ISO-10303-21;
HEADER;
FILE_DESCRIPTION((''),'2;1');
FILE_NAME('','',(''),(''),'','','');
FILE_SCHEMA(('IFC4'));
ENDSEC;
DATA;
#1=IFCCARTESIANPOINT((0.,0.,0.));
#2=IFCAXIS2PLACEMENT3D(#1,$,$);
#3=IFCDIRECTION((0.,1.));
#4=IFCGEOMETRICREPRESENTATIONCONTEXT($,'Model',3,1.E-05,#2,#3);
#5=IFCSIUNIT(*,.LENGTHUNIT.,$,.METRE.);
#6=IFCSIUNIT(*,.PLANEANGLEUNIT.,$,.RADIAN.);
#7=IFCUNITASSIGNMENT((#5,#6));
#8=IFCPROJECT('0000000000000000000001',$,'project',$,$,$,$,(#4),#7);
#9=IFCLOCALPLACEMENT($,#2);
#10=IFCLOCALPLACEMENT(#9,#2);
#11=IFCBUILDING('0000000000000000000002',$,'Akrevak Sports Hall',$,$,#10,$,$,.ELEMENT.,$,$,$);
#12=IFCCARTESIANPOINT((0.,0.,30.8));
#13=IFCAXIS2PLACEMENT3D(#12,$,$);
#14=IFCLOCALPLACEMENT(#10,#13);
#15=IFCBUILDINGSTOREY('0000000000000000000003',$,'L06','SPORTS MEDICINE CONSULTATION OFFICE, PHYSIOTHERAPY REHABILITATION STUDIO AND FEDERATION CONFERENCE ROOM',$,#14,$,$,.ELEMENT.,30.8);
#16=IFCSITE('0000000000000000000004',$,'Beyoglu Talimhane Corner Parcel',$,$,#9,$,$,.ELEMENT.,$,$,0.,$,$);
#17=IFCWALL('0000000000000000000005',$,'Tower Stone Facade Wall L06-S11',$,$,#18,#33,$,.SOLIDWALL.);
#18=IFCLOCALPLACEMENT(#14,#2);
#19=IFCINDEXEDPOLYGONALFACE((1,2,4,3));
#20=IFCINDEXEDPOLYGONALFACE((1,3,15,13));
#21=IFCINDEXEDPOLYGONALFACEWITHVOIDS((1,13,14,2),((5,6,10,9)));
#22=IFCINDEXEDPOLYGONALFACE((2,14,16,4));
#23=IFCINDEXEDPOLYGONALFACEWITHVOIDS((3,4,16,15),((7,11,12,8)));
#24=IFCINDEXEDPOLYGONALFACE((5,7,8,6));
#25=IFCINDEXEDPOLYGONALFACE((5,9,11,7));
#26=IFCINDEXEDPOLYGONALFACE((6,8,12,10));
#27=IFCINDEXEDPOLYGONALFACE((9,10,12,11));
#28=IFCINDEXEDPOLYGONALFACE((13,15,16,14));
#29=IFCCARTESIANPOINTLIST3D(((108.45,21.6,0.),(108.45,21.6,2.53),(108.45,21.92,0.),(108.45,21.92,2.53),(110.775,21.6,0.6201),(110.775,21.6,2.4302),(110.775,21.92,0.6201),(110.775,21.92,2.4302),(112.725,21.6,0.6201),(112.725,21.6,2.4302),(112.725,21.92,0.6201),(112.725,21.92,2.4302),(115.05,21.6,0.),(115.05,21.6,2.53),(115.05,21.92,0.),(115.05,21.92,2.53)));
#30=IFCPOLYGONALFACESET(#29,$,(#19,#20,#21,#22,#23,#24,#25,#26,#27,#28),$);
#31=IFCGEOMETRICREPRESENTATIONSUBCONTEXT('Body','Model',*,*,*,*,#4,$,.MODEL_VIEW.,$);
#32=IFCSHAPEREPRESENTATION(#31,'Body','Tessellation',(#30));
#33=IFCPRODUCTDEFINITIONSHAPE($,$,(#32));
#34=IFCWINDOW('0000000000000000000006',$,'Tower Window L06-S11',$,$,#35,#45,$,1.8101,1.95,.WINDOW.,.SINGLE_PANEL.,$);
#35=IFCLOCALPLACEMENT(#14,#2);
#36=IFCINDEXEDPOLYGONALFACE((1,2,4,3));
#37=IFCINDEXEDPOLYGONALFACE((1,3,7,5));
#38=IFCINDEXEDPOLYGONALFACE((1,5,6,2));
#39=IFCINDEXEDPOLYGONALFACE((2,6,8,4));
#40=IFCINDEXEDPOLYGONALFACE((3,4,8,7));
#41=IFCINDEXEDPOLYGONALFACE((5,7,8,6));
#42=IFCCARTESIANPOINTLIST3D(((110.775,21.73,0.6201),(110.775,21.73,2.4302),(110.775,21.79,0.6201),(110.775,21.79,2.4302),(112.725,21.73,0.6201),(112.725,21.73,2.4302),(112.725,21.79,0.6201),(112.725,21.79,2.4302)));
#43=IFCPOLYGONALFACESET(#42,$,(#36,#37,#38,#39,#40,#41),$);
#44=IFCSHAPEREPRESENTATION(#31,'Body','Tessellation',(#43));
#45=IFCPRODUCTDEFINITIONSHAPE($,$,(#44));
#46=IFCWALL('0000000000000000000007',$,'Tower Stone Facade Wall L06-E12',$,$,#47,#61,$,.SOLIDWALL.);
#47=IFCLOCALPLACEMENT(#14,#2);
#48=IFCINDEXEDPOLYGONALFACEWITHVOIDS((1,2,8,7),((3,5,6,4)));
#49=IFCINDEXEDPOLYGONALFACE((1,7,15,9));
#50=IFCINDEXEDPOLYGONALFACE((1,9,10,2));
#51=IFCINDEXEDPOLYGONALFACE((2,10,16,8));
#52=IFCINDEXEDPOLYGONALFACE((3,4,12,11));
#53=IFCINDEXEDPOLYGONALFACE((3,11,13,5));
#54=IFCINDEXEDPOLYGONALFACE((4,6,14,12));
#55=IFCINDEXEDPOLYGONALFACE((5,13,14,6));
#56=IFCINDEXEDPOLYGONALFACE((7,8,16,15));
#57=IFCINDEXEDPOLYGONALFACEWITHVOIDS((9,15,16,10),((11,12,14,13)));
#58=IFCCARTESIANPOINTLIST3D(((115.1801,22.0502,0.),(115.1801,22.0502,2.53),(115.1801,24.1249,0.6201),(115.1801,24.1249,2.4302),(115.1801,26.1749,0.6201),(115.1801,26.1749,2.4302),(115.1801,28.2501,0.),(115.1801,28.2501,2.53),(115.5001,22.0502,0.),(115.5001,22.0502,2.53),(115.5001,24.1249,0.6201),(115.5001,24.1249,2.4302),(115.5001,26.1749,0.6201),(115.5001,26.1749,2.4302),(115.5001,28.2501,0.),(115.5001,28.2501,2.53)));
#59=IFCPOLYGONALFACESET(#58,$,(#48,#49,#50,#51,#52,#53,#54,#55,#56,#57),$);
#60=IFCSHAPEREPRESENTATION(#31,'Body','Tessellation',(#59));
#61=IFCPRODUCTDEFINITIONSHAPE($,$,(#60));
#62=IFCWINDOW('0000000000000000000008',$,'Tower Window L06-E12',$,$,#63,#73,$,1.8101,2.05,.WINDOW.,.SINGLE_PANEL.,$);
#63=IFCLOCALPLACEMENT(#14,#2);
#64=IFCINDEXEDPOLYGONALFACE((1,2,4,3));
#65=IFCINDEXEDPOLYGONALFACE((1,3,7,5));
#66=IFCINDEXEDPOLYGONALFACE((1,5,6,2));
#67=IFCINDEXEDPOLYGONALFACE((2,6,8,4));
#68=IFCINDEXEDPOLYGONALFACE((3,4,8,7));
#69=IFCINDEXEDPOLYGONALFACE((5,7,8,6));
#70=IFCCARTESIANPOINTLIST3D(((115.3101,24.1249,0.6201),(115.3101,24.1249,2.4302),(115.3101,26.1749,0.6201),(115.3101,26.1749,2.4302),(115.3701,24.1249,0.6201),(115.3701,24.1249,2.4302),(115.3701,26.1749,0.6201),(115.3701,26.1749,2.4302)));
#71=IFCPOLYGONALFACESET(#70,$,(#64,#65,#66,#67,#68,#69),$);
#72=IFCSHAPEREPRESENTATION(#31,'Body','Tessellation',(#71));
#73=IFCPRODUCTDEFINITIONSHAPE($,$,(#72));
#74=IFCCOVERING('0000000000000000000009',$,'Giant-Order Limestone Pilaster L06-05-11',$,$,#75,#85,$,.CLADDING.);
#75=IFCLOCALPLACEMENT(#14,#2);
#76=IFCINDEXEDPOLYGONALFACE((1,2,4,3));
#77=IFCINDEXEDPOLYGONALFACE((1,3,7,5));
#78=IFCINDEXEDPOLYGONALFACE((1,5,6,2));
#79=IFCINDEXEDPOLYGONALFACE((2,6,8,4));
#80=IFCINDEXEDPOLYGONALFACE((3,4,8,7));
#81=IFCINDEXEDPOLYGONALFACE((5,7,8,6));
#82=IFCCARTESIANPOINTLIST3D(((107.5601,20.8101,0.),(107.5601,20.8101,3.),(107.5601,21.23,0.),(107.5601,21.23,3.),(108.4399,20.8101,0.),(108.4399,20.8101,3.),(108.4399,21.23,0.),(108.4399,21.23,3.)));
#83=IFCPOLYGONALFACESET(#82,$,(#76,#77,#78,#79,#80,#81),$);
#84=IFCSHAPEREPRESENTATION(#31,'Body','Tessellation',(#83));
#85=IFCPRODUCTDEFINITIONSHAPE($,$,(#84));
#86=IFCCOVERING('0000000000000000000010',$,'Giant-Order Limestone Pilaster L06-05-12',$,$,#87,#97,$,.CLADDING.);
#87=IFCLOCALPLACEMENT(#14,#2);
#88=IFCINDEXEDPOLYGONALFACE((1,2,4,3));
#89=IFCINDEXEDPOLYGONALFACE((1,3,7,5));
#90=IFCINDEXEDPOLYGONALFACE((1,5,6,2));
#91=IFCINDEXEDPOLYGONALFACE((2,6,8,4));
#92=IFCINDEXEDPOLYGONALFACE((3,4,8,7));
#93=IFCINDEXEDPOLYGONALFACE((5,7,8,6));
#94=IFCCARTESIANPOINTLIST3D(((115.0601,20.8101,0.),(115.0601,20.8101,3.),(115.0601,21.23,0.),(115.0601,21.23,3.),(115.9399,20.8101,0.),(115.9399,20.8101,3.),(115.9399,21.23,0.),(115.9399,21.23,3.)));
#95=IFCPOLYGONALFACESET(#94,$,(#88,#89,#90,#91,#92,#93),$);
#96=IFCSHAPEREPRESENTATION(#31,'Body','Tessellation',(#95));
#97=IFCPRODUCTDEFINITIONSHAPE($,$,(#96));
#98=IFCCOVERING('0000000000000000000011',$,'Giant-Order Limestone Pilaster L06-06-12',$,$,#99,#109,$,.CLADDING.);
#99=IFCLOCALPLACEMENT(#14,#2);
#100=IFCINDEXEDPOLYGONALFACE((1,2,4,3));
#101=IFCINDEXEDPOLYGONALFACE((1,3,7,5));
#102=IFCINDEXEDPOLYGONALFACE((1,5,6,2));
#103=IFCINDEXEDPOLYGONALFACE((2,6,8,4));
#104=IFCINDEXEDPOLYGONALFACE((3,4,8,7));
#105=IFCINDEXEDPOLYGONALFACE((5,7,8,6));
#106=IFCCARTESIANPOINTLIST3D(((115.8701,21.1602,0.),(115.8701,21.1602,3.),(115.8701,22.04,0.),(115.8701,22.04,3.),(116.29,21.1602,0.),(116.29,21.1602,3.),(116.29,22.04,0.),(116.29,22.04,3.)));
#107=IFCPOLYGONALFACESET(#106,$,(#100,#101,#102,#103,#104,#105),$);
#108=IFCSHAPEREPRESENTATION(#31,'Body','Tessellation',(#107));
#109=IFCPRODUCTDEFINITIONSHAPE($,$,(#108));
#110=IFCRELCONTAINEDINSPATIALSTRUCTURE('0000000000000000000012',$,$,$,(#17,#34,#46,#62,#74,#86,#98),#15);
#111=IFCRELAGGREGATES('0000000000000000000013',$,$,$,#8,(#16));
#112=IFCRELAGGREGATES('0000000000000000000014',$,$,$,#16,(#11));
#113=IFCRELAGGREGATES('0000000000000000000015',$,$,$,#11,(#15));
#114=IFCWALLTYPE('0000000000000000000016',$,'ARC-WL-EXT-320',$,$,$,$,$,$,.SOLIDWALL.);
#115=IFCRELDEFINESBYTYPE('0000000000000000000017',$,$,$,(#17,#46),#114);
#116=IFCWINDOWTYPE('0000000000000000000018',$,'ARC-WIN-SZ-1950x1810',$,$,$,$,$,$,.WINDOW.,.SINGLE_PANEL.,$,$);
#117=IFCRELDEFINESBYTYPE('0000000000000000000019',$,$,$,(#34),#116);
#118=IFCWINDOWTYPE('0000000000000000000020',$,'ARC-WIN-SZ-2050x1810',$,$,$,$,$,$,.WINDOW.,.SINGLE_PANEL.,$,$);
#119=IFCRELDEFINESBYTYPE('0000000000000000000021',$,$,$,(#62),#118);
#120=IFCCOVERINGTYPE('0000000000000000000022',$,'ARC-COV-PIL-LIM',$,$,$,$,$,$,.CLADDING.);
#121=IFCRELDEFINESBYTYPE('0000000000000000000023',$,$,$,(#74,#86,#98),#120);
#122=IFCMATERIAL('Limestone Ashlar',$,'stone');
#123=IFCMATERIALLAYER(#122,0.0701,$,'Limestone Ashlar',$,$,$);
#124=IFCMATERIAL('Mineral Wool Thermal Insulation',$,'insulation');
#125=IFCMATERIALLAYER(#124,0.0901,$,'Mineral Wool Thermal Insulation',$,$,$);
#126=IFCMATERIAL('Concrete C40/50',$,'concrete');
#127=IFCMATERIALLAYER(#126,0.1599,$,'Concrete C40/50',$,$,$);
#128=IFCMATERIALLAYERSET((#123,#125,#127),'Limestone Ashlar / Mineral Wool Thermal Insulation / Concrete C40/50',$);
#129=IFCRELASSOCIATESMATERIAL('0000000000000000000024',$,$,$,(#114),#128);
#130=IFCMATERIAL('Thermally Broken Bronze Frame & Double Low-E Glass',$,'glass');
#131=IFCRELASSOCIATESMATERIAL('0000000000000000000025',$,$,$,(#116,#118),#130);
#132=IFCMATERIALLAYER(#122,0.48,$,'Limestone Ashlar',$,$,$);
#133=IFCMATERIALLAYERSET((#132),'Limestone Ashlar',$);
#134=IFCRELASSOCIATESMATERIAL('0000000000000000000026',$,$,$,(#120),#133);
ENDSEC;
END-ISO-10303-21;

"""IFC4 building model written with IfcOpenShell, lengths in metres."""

from ifc_helpers import new_model, si_unit, direction, frame, frame_2d, origin, origin_2d, place, context, subcontext, project, spatial, rectangle, extrude, material, layer, layer_set, type_object, element, fill, save


model = new_model("IFC4")

# Units and contexts
model_context = context("Model", 3, precision=1e-05, world=origin(), true_north=direction((0.0, 1.0)))
body_context = subcontext(model_context, "Body", "Model", "MODEL_VIEW")
ifc_project = project(units=[si_unit("LENGTHUNIT", "METRE"), si_unit("PLANEANGLEUNIT", "RADIAN")], contexts=[model_context])

# Site, building, storey
site_placement = place(None, origin())
site = spatial("IfcSite", under=ifc_project, at=site_placement, Name="Beyoglu Talimhane Corner Parcel", CompositionType="ELEMENT", RefElevation=0.0)
building_placement = place(site_placement, origin())
building = spatial("IfcBuilding", under=site, at=building_placement, Name="Akrevak Sports Hall", CompositionType="ELEMENT")
storey_placement = place(building_placement, frame((0.0, 0.0, 30.8)))
storey = spatial("IfcBuildingStorey", under=building, at=storey_placement, Name="L06", Description="SPORTS MEDICINE CONSULTATION OFFICE, PHYSIOTHERAPY REHABILITATION STUDIO AND FEDERATION CONFERENCE ROOM", CompositionType="ELEMENT", Elevation=30.8)

# Shared definitions
ifc_material_1 = material(Name="Concrete C40/50", Category="concrete")

# Walls, openings, windows
ifc_material_2 = material(Name="Limestone Ashlar", Category="stone")
ifc_layer_1 = layer(ifc_material_2, 0.0701, Name="Limestone Ashlar")
ifc_material_3 = material(Name="Mineral Wool Thermal Insulation", Category="insulation")
ifc_layer_2 = layer(ifc_material_3, 0.0901, Name="Mineral Wool Thermal Insulation")
ifc_layer_3 = layer(ifc_material_1, 0.1599, Name="Concrete C40/50")
ifc_layer_set_1 = layer_set([ifc_layer_1, ifc_layer_2, ifc_layer_3], Name="Limestone Ashlar / Mineral Wool Thermal Insulation / Concrete C40/50")
wall_type = type_object("IfcWallType", Name="ARC-WL-EXT-320", PredefinedType="SOLIDWALL", material=ifc_layer_set_1)
ifc_material_4 = material(Name="Thermally Broken Bronze Frame & Double Low-E Glass", Category="glass")
wall_1_placement = place(storey_placement, frame((108.45, 21.76, 0.0), z_axis=(0.0, 0.0, 1.0), x_axis=(1.0, 0.0, 0.0)))
wall_1 = element("IfcWall", 1, at=wall_1_placement, inside=storey, type_object=wall_type, Name="Tower Stone Facade Wall L06-S11", PredefinedType="SOLIDWALL", context=body_context, shape_type="SweptSolid", body=[
    extrude(rectangle(XDim=6.6001, YDim=0.3201, at=frame_2d((3.3, 0.0))), origin(), (0.0, 0.0, 1.0), 2.53),
])
opening_1_placement = place(wall_1_placement, frame((2.325, 0.0, 0.6201)))
opening_1 = element("IfcOpeningElement", 2, at=opening_1_placement, cuts=wall_1, PredefinedType="OPENING", context=body_context, shape_type="SweptSolid", body=[
    extrude(rectangle(XDim=1.95, YDim=1.8101, at=frame_2d((0.9751, 0.905))), frame((0.0, 0.1719, 0.0), z_axis=(0.0, -1.0, 0.0), x_axis=(1.0, 0.0, 0.0)), (0.0, 0.0, 1.0), 0.344),
])
window_type_1 = type_object("IfcWindowType", Name="ARC-WIN-SZ-1950x1810", PartitioningType="SINGLE_PANEL", PredefinedType="WINDOW", material=ifc_material_4)
window_1_placement = place(opening_1_placement, origin())
window_1 = element("IfcWindow", 3, at=window_1_placement, inside=storey, type_object=window_type_1, Name="Tower Window L06-S11", OverallHeight=1.8101, OverallWidth=1.95, PartitioningType="SINGLE_PANEL", PredefinedType="WINDOW", context=body_context, shape_type="SweptSolid", body=[
    extrude(rectangle(XDim=1.95, YDim=1.8101, at=frame_2d((0.9751, 0.905))), frame((0.0, 0.03, 0.0), z_axis=(0.0, -1.0, 0.0), x_axis=(1.0, 0.0, 0.0)), (0.0, 0.0, 1.0), 0.0601),
])
fill(opening_1, window_1)
wall_2_placement = place(storey_placement, frame((115.3401, 22.05, 0.0), z_axis=(0.0, 0.0, 1.0), x_axis=(0.0, 1.0, 0.0)))
wall_2 = element("IfcWall", 4, at=wall_2_placement, inside=storey, type_object=wall_type, Name="Tower Stone Facade Wall L06-E12", PredefinedType="SOLIDWALL", context=body_context, shape_type="SweptSolid", body=[
    extrude(rectangle(XDim=6.2, YDim=0.3201, at=frame_2d((3.1001, 0.0))), origin(), (0.0, 0.0, 1.0), 2.53),
])
opening_2_placement = place(wall_2_placement, frame((2.075, 0.0, 0.6201)))
opening_2 = element("IfcOpeningElement", 5, at=opening_2_placement, cuts=wall_2, PredefinedType="OPENING", context=body_context, shape_type="SweptSolid", body=[
    extrude(rectangle(XDim=2.05, YDim=1.8101, at=frame_2d((1.0249, 0.905))), frame((0.0, 0.1719, 0.0), z_axis=(0.0, -1.0, 0.0), x_axis=(1.0, 0.0, 0.0)), (0.0, 0.0, 1.0), 0.344),
])
window_type_2 = type_object("IfcWindowType", Name="ARC-WIN-SZ-2050x1810", PartitioningType="SINGLE_PANEL", PredefinedType="WINDOW", material=ifc_material_4)
window_2_placement = place(opening_2_placement, origin())
window_2 = element("IfcWindow", 6, at=window_2_placement, inside=storey, type_object=window_type_2, Name="Tower Window L06-E12", OverallHeight=1.8101, OverallWidth=2.05, PartitioningType="SINGLE_PANEL", PredefinedType="WINDOW", context=body_context, shape_type="SweptSolid", body=[
    extrude(rectangle(XDim=2.05, YDim=1.8101, at=frame_2d((1.0249, 0.905))), frame((0.0, 0.03, 0.0), z_axis=(0.0, -1.0, 0.0), x_axis=(1.0, 0.0, 0.0)), (0.0, 0.0, 1.0), 0.0601),
])
fill(opening_2, window_2)

# Coverings
ifc_layer_4 = layer(ifc_material_2, 0.48, Name="Limestone Ashlar")
ifc_layer_set_2 = layer_set([ifc_layer_4], Name="Limestone Ashlar")
covering_type = type_object("IfcCoveringType", Name="ARC-COV-PIL-LIM", PredefinedType="CLADDING", material=ifc_layer_set_2)
for number, where, z_axis, x_axis, name in (
    (7, (108.0, 21.02, 0.0), (0.0, 0.0, 1.0), (1.0, 0.0, 0.0), "Giant-Order Limestone Pilaster L06-05-11"),
    (8, (115.5, 21.02, 0.0), (0.0, 0.0, 1.0), (1.0, 0.0, 0.0), "Giant-Order Limestone Pilaster L06-05-12"),
    (9, (116.0801, 21.6001, 0.0), (0.0, 0.0, 1.0), (0.0, 1.0, 0.0), "Giant-Order Limestone Pilaster L06-06-12"),
):
    element("IfcCovering", number, at=place(storey_placement, frame(where, z_axis=z_axis, x_axis=x_axis)), inside=storey, type_object=covering_type, Name=name, PredefinedType="CLADDING", context=body_context, shape_type="SweptSolid", body=[
        extrude(rectangle(XDim=0.8799, YDim=0.4199, at=origin_2d()), origin(), (0.0, 0.0, 1.0), 3.0),
    ])

save(model, "model.ifc")
